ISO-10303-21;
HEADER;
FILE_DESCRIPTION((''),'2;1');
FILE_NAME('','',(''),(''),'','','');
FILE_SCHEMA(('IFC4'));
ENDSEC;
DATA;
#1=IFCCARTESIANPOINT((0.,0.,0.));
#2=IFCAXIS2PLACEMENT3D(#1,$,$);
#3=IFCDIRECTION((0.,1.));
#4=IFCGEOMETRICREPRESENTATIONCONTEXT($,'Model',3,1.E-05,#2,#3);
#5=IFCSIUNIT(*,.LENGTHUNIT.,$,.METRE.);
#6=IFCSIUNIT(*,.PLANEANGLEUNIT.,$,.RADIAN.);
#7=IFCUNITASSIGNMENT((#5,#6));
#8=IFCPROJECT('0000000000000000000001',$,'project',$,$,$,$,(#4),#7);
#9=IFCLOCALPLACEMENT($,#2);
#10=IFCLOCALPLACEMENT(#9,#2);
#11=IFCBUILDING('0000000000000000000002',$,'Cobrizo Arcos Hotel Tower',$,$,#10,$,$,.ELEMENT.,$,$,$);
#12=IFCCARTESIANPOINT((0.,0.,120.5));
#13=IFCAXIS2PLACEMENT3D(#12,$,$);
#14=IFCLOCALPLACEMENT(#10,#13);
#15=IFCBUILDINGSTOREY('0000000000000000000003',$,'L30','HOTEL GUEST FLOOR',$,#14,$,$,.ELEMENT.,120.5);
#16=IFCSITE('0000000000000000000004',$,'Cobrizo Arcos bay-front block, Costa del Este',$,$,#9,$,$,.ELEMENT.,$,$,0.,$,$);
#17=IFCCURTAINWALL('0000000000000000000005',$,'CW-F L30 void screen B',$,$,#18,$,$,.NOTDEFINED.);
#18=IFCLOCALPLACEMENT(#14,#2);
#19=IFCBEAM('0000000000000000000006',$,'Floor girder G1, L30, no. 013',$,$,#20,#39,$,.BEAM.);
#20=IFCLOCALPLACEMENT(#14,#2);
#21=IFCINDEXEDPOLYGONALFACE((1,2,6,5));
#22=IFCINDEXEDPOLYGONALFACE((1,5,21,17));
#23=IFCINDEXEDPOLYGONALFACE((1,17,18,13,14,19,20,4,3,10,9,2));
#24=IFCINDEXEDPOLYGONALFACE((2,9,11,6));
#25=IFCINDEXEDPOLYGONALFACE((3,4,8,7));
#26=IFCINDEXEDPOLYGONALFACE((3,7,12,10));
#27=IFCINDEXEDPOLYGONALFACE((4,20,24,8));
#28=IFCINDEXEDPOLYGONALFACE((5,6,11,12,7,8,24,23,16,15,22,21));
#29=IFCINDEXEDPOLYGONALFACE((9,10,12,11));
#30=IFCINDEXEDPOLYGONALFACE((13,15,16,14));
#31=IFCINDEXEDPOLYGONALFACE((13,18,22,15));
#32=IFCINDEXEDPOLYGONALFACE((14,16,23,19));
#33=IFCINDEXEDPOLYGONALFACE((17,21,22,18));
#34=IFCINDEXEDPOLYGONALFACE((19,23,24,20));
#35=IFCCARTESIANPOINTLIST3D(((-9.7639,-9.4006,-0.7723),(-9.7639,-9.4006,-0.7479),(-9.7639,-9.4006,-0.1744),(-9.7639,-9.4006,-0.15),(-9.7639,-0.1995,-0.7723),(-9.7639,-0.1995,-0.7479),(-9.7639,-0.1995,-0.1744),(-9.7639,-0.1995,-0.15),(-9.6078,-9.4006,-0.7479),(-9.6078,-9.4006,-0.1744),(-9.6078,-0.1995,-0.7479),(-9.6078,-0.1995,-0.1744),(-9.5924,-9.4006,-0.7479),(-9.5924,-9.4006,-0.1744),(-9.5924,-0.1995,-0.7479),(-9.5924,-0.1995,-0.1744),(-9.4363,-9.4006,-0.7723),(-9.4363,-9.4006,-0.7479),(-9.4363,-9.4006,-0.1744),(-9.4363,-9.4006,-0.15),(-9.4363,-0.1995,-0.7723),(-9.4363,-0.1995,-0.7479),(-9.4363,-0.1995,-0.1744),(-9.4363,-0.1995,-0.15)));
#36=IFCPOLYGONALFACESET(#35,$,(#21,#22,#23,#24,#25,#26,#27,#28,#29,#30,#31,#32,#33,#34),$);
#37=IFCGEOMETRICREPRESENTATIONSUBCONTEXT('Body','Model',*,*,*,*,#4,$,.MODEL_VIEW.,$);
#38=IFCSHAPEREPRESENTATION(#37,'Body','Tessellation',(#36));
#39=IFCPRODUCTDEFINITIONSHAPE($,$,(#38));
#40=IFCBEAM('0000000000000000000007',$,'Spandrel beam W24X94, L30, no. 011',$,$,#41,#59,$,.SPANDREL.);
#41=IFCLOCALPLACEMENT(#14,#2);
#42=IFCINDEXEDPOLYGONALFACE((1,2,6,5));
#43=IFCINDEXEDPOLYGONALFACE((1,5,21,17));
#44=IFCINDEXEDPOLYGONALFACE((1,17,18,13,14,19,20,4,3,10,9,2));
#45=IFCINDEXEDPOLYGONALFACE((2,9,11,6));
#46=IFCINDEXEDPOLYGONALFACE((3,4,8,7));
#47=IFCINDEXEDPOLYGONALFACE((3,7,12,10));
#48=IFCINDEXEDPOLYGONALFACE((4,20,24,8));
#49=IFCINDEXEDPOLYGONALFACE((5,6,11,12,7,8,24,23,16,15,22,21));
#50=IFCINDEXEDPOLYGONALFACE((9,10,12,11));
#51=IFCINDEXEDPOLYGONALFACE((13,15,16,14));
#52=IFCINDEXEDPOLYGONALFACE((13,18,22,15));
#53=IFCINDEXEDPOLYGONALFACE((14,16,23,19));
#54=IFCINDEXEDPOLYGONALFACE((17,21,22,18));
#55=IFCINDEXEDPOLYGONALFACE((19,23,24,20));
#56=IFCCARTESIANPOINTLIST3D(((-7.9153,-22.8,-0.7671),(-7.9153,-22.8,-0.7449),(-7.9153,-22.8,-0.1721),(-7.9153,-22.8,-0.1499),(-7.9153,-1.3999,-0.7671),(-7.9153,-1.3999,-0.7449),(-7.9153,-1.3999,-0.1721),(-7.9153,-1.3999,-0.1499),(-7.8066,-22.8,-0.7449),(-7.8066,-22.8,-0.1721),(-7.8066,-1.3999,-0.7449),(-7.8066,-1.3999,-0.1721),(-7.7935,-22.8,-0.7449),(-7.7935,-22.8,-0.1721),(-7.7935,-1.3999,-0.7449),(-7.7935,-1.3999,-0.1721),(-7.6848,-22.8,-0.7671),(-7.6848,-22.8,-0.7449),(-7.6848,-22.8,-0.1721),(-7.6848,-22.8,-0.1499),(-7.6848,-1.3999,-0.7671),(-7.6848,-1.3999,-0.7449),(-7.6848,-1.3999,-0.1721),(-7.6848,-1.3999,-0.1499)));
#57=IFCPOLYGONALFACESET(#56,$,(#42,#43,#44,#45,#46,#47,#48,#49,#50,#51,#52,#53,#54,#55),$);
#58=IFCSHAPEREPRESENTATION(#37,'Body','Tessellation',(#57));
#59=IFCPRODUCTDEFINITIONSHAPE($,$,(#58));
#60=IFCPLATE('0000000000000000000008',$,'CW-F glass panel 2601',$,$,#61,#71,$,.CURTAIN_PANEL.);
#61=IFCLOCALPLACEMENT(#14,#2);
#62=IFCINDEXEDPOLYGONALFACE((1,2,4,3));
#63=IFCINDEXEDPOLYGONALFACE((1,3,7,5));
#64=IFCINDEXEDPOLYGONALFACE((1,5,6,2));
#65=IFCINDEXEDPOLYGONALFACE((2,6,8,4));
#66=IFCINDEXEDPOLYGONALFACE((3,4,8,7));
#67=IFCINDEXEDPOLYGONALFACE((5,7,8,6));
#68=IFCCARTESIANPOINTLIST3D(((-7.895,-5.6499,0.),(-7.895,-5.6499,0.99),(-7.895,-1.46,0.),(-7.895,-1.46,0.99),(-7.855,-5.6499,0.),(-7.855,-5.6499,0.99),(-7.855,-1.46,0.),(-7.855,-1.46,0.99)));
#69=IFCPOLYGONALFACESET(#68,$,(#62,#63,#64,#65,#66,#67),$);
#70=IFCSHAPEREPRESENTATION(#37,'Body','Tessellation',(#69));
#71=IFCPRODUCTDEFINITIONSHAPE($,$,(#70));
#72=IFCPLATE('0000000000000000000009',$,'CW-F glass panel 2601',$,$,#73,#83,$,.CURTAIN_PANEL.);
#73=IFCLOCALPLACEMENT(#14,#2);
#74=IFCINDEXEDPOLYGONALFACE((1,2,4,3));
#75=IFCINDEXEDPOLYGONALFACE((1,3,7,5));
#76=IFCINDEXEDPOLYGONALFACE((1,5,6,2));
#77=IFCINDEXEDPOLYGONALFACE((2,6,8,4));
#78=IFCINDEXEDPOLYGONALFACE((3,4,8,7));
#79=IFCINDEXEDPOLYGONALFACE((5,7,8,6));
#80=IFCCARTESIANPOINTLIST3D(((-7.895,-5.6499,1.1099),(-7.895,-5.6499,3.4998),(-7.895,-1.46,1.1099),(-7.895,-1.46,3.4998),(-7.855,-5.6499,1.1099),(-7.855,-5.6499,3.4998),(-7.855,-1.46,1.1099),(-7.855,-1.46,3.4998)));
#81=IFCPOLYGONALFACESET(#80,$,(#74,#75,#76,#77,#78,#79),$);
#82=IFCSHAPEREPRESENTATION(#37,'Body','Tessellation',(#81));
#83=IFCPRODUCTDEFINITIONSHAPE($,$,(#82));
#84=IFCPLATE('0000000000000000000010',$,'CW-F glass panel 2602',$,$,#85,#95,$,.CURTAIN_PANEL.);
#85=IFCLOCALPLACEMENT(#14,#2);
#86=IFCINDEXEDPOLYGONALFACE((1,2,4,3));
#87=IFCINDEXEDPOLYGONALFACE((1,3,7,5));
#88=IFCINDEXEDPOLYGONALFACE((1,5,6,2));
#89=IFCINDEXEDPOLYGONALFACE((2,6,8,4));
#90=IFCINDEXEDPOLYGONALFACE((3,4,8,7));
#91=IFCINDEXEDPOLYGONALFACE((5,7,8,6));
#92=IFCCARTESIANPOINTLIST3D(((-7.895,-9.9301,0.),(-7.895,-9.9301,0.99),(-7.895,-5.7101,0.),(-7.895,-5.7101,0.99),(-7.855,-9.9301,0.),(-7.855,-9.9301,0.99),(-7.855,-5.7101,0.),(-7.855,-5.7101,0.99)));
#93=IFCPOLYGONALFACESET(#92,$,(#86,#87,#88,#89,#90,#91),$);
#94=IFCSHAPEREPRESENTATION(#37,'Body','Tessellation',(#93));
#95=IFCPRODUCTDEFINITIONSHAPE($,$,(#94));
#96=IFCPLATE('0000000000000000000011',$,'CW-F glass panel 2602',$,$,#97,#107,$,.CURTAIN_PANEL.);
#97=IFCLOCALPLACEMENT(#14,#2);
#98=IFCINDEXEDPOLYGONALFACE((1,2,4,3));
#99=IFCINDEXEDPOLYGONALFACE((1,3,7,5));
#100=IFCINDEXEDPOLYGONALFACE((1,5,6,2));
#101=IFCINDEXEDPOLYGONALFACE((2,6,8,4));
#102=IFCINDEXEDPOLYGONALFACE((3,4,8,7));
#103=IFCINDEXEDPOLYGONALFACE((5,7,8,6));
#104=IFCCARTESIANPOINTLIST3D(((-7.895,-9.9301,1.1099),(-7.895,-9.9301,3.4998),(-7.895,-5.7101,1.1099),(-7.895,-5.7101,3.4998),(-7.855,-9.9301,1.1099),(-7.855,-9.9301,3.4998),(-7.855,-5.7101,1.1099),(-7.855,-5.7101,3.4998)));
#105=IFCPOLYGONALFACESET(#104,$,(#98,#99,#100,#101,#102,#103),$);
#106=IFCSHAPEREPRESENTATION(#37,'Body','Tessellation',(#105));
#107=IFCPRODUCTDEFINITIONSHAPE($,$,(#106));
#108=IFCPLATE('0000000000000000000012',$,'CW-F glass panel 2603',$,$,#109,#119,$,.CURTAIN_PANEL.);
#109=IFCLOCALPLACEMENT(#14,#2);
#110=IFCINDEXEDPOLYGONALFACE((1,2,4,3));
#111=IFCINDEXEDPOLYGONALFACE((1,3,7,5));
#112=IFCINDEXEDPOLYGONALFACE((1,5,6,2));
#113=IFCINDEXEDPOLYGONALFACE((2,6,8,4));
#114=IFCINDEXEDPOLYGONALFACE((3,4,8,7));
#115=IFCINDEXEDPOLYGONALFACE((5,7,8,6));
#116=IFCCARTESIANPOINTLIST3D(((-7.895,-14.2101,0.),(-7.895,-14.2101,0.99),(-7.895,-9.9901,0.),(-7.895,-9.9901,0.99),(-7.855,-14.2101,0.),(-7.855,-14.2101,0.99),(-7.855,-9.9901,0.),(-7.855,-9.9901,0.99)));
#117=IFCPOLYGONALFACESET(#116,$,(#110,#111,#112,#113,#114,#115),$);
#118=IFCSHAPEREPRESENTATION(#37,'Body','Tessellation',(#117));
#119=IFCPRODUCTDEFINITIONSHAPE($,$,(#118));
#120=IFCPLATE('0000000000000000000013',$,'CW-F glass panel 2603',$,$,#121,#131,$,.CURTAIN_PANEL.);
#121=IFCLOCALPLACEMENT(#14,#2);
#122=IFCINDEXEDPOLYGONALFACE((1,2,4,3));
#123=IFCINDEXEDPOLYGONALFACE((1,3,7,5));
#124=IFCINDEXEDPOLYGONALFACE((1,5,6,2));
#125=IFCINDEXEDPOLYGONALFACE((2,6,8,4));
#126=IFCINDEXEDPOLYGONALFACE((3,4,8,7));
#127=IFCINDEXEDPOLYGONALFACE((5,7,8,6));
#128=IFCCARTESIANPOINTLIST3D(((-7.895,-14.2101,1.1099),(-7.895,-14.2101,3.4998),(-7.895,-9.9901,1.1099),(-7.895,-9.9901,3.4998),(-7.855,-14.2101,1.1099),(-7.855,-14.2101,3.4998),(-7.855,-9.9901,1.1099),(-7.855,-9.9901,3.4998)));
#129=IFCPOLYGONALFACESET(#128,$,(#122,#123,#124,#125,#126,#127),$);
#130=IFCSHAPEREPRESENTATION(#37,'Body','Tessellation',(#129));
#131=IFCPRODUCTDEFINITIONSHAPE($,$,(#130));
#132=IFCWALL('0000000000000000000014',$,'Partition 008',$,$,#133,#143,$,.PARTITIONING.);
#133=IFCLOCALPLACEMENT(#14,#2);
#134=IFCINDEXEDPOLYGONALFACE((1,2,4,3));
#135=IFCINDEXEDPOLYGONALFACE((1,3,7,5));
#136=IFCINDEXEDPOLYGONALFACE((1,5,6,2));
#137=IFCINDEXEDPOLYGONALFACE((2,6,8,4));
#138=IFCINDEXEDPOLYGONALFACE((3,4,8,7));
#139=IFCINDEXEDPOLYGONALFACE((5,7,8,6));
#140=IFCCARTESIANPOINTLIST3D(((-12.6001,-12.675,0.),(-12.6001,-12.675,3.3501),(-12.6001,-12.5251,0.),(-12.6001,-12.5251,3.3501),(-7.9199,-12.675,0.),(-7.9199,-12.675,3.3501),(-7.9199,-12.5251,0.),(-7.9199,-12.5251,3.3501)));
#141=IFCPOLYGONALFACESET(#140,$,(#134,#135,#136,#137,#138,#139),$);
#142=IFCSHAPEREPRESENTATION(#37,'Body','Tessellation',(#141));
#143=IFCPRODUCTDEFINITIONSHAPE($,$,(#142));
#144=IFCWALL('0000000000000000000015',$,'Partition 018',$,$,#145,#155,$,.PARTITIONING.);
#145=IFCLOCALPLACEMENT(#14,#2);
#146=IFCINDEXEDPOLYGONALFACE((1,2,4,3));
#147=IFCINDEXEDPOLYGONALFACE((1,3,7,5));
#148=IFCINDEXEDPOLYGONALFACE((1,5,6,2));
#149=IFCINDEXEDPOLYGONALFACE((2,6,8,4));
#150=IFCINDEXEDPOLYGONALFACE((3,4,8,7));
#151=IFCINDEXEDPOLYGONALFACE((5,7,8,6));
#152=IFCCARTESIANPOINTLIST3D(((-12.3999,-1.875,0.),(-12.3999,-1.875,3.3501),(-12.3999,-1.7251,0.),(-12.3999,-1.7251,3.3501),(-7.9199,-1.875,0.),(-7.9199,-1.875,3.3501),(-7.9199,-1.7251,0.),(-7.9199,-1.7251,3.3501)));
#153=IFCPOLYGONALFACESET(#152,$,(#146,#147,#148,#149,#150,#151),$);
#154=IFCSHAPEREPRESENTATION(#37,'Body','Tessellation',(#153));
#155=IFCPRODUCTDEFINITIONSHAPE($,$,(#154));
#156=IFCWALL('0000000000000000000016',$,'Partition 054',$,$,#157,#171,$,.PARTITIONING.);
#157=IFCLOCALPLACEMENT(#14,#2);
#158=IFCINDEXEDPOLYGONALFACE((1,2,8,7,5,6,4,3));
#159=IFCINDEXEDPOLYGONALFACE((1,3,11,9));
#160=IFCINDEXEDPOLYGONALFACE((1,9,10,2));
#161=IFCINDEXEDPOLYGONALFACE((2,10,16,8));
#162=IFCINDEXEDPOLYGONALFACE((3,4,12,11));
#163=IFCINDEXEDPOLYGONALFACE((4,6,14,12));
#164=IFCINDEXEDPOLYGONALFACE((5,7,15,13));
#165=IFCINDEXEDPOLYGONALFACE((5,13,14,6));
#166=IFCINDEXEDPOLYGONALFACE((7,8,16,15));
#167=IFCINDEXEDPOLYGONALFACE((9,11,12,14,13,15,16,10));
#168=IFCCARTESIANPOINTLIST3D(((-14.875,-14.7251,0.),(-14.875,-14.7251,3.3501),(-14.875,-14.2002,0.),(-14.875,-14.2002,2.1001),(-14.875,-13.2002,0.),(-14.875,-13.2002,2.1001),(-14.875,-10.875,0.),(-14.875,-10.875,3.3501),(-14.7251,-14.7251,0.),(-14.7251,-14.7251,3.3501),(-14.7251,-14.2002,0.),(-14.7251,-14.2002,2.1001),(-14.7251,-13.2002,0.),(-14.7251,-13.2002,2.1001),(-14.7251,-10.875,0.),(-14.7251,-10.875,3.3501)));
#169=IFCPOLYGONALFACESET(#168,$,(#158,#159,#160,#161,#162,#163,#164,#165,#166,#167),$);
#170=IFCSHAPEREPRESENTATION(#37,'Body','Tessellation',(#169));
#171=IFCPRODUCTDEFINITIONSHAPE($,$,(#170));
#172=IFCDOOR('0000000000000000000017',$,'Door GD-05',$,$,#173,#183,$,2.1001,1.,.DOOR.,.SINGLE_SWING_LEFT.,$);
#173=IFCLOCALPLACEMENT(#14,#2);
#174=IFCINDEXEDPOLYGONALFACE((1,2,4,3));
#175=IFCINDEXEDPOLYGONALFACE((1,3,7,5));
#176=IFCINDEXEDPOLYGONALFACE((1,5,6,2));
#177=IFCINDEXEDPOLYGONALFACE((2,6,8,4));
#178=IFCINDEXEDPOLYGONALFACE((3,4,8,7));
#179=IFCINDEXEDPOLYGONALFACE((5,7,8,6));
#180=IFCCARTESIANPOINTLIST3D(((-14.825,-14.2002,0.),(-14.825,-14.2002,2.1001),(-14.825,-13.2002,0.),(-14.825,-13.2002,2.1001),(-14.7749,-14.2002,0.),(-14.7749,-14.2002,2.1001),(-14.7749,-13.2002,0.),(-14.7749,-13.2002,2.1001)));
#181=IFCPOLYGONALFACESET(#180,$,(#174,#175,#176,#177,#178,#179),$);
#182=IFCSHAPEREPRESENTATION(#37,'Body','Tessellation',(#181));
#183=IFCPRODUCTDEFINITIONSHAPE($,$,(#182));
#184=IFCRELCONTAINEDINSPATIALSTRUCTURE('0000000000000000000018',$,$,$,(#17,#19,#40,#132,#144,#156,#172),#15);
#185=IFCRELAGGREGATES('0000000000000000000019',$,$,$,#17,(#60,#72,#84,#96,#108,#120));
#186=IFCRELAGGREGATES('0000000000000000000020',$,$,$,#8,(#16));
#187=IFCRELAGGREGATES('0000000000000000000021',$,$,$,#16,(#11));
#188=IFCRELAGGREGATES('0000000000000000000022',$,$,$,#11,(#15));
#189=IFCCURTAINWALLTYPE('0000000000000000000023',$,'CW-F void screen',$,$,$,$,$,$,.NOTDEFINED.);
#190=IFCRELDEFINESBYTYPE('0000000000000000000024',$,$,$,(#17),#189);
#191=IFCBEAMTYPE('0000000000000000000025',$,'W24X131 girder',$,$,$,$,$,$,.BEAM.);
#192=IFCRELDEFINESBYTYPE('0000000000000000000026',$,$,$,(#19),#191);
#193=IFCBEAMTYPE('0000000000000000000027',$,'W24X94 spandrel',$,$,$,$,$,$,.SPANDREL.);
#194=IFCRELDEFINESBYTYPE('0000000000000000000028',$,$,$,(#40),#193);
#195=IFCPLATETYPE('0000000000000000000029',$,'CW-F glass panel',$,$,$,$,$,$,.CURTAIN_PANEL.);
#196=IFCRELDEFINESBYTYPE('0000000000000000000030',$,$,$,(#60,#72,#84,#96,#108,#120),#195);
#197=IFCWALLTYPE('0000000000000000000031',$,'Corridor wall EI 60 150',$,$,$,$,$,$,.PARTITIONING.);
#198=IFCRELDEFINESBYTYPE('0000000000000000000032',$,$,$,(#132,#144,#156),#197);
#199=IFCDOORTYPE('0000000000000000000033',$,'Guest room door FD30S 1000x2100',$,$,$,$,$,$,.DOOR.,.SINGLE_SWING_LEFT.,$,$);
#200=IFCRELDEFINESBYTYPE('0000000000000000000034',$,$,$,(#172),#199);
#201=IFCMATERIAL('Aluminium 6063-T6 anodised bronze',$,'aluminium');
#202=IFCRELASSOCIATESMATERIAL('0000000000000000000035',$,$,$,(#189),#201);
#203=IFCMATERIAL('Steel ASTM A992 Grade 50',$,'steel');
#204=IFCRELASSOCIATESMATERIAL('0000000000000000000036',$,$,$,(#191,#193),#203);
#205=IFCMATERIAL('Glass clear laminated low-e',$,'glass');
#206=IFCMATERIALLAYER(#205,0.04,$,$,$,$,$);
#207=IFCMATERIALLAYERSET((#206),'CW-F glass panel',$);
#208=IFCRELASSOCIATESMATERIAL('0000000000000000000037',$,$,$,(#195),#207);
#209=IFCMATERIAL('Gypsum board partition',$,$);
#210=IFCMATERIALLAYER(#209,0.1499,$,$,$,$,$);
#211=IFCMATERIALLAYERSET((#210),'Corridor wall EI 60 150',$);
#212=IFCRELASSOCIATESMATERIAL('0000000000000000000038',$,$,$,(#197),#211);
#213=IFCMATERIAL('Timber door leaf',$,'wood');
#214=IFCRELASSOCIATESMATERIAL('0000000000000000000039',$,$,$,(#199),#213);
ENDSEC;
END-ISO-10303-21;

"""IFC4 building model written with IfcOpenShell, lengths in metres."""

from ifc_helpers import new_model, si_unit, direction, frame, frame_2d, origin, origin_2d, place, context, subcontext, project, spatial, rectangle, i_section, extrude, material, layer, layer_set, material_profile, profile_set, type_object, element, fill, aggregate, save


model = new_model("IFC4")

# Units and contexts
model_context = context("Model", 3, precision=1e-05, world=origin(), true_north=direction((0.0, 1.0)))
body_context = subcontext(model_context, "Body", "Model", "MODEL_VIEW")
ifc_project = project(units=[si_unit("LENGTHUNIT", "METRE"), si_unit("PLANEANGLEUNIT", "RADIAN")], contexts=[model_context])

# Site, building, storey
site_placement = place(None, origin())
site = spatial("IfcSite", under=ifc_project, at=site_placement, Name="Cobrizo Arcos bay-front block, Costa del Este", CompositionType="ELEMENT", RefElevation=0.0)
building_placement = place(site_placement, origin())
building = spatial("IfcBuilding", under=site, at=building_placement, Name="Cobrizo Arcos Hotel Tower", CompositionType="ELEMENT")
storey_placement = place(building_placement, frame((0.0, 0.0, 120.5)))
storey = spatial("IfcBuildingStorey", under=building, at=storey_placement, Name="L30", Description="HOTEL GUEST FLOOR", CompositionType="ELEMENT", Elevation=120.5)

# Shared definitions
ifc_material_1 = material(Name="Steel ASTM A992 Grade 50", Category="steel")

# Curtain wall
ifc_material_2 = material(Name="Aluminium 6063-T6 anodised bronze", Category="aluminium")
curtain_wall_type = type_object("IfcCurtainWallType", Name="CW-F void screen", PredefinedType="NOTDEFINED", material=ifc_material_2)
curtain_wall_placement = place(storey_placement, origin())
curtain_wall = element("IfcCurtainWall", 1, at=curtain_wall_placement, inside=storey, type_object=curtain_wall_type, Name="CW-F L30 void screen B", PredefinedType="NOTDEFINED")

# Beams
ifc_material_profile_1 = material_profile(ifc_material_1, i_section(OverallWidth=0.3276, OverallDepth=0.6223, WebThickness=0.0154, FlangeThickness=0.0244, at=origin_2d()), Name="W24X131")
ifc_profile_set_1 = profile_set([ifc_material_profile_1], Name="Steel ASTM A992 Grade 50")
beam_type_1 = type_object("IfcBeamType", Name="W24X131 girder", PredefinedType="BEAM", material=ifc_profile_set_1)
beam_1_placement = place(storey_placement, frame((-9.6001, -9.4006, -0.4612), z_axis=(0.0, 1.0, 0.0), x_axis=(-1.0, 0.0, 0.0)))
element("IfcBeam", 2, at=beam_1_placement, inside=storey, type_object=beam_type_1, Name="Floor girder G1, L30, no. 013", PredefinedType="BEAM", context=body_context, shape_type="SweptSolid", body=[
    extrude(i_section(OverallWidth=0.3276, OverallDepth=0.6223, WebThickness=0.0154, FlangeThickness=0.0244, at=origin_2d()), origin(), (0.0, 0.0, 1.0), 9.2012),
])
ifc_material_profile_2 = material_profile(ifc_material_1, i_section(OverallWidth=0.2305, OverallDepth=0.6172, WebThickness=0.0132, FlangeThickness=0.0222, at=origin_2d()), Name="W24X94")
ifc_profile_set_2 = profile_set([ifc_material_profile_2], Name="Steel ASTM A992 Grade 50")
beam_type_2 = type_object("IfcBeamType", Name="W24X94 spandrel", PredefinedType="SPANDREL", material=ifc_profile_set_2)
beam_2_placement = place(storey_placement, frame((-7.8, -1.3999, -0.4585), z_axis=(0.0, -1.0, 0.0), x_axis=(1.0, 0.0, 0.0)))
element("IfcBeam", 3, at=beam_2_placement, inside=storey, type_object=beam_type_2, Name="Spandrel beam W24X94, L30, no. 011", PredefinedType="SPANDREL", context=body_context, shape_type="SweptSolid", body=[
    extrude(i_section(OverallWidth=0.2305, OverallDepth=0.6172, WebThickness=0.0132, FlangeThickness=0.0222, at=origin_2d()), origin(), (0.0, 0.0, 1.0), 21.4001),
])

# Plates
ifc_material_3 = material(Name="Glass clear laminated low-e", Category="glass")
ifc_layer_1 = layer(ifc_material_3, 0.04)
ifc_layer_set_1 = layer_set([ifc_layer_1], Name="CW-F glass panel")
plate_type = type_object("IfcPlateType", Name="CW-F glass panel", PredefinedType="CURTAIN_PANEL", material=ifc_layer_set_1)
plate_1_placement = place(storey_placement, frame((-7.875, -3.5549, 0.0), z_axis=(0.0, 0.0, 1.0), x_axis=(0.0, -1.0, 0.0)))
plate_1 = element("IfcPlate", 4, at=plate_1_placement, type_object=plate_type, Name="CW-F glass panel 2601", PredefinedType="CURTAIN_PANEL", context=body_context, shape_type="SweptSolid", body=[
    extrude(rectangle(XDim=4.1899, YDim=0.04, at=origin_2d()), origin(), (0.0, 0.0, 1.0), 0.99),
])
plate_2_placement = place(storey_placement, frame((-7.875, -3.5549, 1.1099), z_axis=(0.0, 0.0, 1.0), x_axis=(0.0, -1.0, 0.0)))
plate_2 = element("IfcPlate", 5, at=plate_2_placement, type_object=plate_type, Name="CW-F glass panel 2601", PredefinedType="CURTAIN_PANEL", context=body_context, shape_type="SweptSolid", body=[
    extrude(rectangle(XDim=4.1899, YDim=0.04, at=origin_2d()), origin(), (0.0, 0.0, 1.0), 2.3899),
])
plate_3_placement = place(storey_placement, frame((-7.875, -7.8201, 0.0), z_axis=(0.0, 0.0, 1.0), x_axis=(0.0, -1.0, 0.0)))
plate_3 = element("IfcPlate", 6, at=plate_3_placement, type_object=plate_type, Name="CW-F glass panel 2602", PredefinedType="CURTAIN_PANEL", context=body_context, shape_type="SweptSolid", body=[
    extrude(rectangle(XDim=4.22, YDim=0.04, at=origin_2d()), origin(), (0.0, 0.0, 1.0), 0.99),
])
plate_4_placement = place(storey_placement, frame((-7.875, -7.8201, 1.1099), z_axis=(0.0, 0.0, 1.0), x_axis=(0.0, -1.0, 0.0)))
plate_4 = element("IfcPlate", 7, at=plate_4_placement, type_object=plate_type, Name="CW-F glass panel 2602", PredefinedType="CURTAIN_PANEL", context=body_context, shape_type="SweptSolid", body=[
    extrude(rectangle(XDim=4.22, YDim=0.04, at=origin_2d()), origin(), (0.0, 0.0, 1.0), 2.3899),
])
plate_5_placement = place(storey_placement, frame((-7.875, -12.1001, 0.0), z_axis=(0.0, 0.0, 1.0), x_axis=(0.0, -1.0, 0.0)))
plate_5 = element("IfcPlate", 8, at=plate_5_placement, type_object=plate_type, Name="CW-F glass panel 2603", PredefinedType="CURTAIN_PANEL", context=body_context, shape_type="SweptSolid", body=[
    extrude(rectangle(XDim=4.22, YDim=0.04, at=origin_2d()), origin(), (0.0, 0.0, 1.0), 0.99),
])
plate_6_placement = place(storey_placement, frame((-7.875, -12.1001, 1.1099), z_axis=(0.0, 0.0, 1.0), x_axis=(0.0, -1.0, 0.0)))
plate_6 = element("IfcPlate", 9, at=plate_6_placement, type_object=plate_type, Name="CW-F glass panel 2603", PredefinedType="CURTAIN_PANEL", context=body_context, shape_type="SweptSolid", body=[
    extrude(rectangle(XDim=4.22, YDim=0.04, at=origin_2d()), origin(), (0.0, 0.0, 1.0), 2.3899),
])
aggregate(curtain_wall, [plate_1, plate_2, plate_3, plate_4, plate_5, plate_6])

# Walls
ifc_material_4 = material(Name="Gypsum board partition")
ifc_layer_2 = layer(ifc_material_4, 0.1499)
ifc_layer_set_2 = layer_set([ifc_layer_2], Name="Corridor wall EI 60 150")
wall_type_1 = type_object("IfcWallType", Name="Corridor wall EI 60 150", PredefinedType="PARTITIONING", material=ifc_layer_set_2)
wall_1_placement = place(storey_placement, frame((-12.6001, -12.6001, 0.0), z_axis=(0.0, 0.0, 1.0), x_axis=(1.0, 0.0, 0.0)))
element("IfcWall", 10, at=wall_1_placement, inside=storey, type_object=wall_type_1, Name="Partition 008", PredefinedType="PARTITIONING", context=body_context, shape_type="SweptSolid", body=[
    extrude(rectangle(XDim=4.6802, YDim=0.1499, at=frame_2d((2.3401, 0.0))), origin(), (0.0, 0.0, 1.0), 3.3501),
])
wall_2_placement = place(storey_placement, frame((-12.3999, -1.8, 0.0), z_axis=(0.0, 0.0, 1.0), x_axis=(1.0, 0.0, 0.0)))
element("IfcWall", 11, at=wall_2_placement, inside=storey, type_object=wall_type_1, Name="Partition 018", PredefinedType="PARTITIONING", context=body_context, shape_type="SweptSolid", body=[
    extrude(rectangle(XDim=4.48, YDim=0.1499, at=frame_2d((2.24, 0.0))), origin(), (0.0, 0.0, 1.0), 3.3501),
])

# Wall, opening, door
wall_3_placement = place(storey_placement, frame((-14.8, -14.7251, 0.0), z_axis=(0.0, 0.0, 1.0), x_axis=(0.0, 1.0, 0.0)))
wall_3 = element("IfcWall", 12, at=wall_3_placement, inside=storey, type_object=wall_type_1, Name="Partition 054", PredefinedType="PARTITIONING", context=body_context, shape_type="SweptSolid", body=[
    extrude(rectangle(XDim=3.8501, YDim=0.1499, at=frame_2d((1.925, 0.0))), origin(), (0.0, 0.0, 1.0), 3.3501),
])
opening_1_placement = place(wall_3_placement, frame((0.5249, 0.0, 0.0)))
opening_1 = element("IfcOpeningElement", 13, at=opening_1_placement, cuts=wall_3, PredefinedType="OPENING", context=body_context, shape_type="SweptSolid", body=[
    extrude(rectangle(XDim=1.0, YDim=2.1001, at=frame_2d((0.5, 1.05))), frame((0.0, 0.0869, 0.0), z_axis=(0.0, -1.0, 0.0), x_axis=(1.0, 0.0, 0.0)), (0.0, 0.0, 1.0), 0.1738),
])
ifc_material_5 = material(Name="Timber door leaf", Category="wood")
door_type_1 = type_object("IfcDoorType", Name="Guest room door FD30S 1000x2100", OperationType="SINGLE_SWING_LEFT", PredefinedType="DOOR", material=ifc_material_5)
door_1_placement = place(opening_1_placement, origin())
door_1 = element("IfcDoor", 14, at=door_1_placement, inside=storey, type_object=door_type_1, Name="Door GD-05", OperationType="SINGLE_SWING_LEFT", OverallHeight=2.1001, OverallWidth=1.0, PredefinedType="DOOR", context=body_context, shape_type="SweptSolid", body=[
    extrude(rectangle(XDim=1.0, YDim=2.1001, at=frame_2d((0.5, 1.05))), frame((0.0, 0.0249, 0.0), z_axis=(0.0, -1.0, 0.0), x_axis=(1.0, 0.0, 0.0)), (0.0, 0.0, 1.0), 0.05),
])
fill(opening_1, door_1)

save(model, "model.ifc")
